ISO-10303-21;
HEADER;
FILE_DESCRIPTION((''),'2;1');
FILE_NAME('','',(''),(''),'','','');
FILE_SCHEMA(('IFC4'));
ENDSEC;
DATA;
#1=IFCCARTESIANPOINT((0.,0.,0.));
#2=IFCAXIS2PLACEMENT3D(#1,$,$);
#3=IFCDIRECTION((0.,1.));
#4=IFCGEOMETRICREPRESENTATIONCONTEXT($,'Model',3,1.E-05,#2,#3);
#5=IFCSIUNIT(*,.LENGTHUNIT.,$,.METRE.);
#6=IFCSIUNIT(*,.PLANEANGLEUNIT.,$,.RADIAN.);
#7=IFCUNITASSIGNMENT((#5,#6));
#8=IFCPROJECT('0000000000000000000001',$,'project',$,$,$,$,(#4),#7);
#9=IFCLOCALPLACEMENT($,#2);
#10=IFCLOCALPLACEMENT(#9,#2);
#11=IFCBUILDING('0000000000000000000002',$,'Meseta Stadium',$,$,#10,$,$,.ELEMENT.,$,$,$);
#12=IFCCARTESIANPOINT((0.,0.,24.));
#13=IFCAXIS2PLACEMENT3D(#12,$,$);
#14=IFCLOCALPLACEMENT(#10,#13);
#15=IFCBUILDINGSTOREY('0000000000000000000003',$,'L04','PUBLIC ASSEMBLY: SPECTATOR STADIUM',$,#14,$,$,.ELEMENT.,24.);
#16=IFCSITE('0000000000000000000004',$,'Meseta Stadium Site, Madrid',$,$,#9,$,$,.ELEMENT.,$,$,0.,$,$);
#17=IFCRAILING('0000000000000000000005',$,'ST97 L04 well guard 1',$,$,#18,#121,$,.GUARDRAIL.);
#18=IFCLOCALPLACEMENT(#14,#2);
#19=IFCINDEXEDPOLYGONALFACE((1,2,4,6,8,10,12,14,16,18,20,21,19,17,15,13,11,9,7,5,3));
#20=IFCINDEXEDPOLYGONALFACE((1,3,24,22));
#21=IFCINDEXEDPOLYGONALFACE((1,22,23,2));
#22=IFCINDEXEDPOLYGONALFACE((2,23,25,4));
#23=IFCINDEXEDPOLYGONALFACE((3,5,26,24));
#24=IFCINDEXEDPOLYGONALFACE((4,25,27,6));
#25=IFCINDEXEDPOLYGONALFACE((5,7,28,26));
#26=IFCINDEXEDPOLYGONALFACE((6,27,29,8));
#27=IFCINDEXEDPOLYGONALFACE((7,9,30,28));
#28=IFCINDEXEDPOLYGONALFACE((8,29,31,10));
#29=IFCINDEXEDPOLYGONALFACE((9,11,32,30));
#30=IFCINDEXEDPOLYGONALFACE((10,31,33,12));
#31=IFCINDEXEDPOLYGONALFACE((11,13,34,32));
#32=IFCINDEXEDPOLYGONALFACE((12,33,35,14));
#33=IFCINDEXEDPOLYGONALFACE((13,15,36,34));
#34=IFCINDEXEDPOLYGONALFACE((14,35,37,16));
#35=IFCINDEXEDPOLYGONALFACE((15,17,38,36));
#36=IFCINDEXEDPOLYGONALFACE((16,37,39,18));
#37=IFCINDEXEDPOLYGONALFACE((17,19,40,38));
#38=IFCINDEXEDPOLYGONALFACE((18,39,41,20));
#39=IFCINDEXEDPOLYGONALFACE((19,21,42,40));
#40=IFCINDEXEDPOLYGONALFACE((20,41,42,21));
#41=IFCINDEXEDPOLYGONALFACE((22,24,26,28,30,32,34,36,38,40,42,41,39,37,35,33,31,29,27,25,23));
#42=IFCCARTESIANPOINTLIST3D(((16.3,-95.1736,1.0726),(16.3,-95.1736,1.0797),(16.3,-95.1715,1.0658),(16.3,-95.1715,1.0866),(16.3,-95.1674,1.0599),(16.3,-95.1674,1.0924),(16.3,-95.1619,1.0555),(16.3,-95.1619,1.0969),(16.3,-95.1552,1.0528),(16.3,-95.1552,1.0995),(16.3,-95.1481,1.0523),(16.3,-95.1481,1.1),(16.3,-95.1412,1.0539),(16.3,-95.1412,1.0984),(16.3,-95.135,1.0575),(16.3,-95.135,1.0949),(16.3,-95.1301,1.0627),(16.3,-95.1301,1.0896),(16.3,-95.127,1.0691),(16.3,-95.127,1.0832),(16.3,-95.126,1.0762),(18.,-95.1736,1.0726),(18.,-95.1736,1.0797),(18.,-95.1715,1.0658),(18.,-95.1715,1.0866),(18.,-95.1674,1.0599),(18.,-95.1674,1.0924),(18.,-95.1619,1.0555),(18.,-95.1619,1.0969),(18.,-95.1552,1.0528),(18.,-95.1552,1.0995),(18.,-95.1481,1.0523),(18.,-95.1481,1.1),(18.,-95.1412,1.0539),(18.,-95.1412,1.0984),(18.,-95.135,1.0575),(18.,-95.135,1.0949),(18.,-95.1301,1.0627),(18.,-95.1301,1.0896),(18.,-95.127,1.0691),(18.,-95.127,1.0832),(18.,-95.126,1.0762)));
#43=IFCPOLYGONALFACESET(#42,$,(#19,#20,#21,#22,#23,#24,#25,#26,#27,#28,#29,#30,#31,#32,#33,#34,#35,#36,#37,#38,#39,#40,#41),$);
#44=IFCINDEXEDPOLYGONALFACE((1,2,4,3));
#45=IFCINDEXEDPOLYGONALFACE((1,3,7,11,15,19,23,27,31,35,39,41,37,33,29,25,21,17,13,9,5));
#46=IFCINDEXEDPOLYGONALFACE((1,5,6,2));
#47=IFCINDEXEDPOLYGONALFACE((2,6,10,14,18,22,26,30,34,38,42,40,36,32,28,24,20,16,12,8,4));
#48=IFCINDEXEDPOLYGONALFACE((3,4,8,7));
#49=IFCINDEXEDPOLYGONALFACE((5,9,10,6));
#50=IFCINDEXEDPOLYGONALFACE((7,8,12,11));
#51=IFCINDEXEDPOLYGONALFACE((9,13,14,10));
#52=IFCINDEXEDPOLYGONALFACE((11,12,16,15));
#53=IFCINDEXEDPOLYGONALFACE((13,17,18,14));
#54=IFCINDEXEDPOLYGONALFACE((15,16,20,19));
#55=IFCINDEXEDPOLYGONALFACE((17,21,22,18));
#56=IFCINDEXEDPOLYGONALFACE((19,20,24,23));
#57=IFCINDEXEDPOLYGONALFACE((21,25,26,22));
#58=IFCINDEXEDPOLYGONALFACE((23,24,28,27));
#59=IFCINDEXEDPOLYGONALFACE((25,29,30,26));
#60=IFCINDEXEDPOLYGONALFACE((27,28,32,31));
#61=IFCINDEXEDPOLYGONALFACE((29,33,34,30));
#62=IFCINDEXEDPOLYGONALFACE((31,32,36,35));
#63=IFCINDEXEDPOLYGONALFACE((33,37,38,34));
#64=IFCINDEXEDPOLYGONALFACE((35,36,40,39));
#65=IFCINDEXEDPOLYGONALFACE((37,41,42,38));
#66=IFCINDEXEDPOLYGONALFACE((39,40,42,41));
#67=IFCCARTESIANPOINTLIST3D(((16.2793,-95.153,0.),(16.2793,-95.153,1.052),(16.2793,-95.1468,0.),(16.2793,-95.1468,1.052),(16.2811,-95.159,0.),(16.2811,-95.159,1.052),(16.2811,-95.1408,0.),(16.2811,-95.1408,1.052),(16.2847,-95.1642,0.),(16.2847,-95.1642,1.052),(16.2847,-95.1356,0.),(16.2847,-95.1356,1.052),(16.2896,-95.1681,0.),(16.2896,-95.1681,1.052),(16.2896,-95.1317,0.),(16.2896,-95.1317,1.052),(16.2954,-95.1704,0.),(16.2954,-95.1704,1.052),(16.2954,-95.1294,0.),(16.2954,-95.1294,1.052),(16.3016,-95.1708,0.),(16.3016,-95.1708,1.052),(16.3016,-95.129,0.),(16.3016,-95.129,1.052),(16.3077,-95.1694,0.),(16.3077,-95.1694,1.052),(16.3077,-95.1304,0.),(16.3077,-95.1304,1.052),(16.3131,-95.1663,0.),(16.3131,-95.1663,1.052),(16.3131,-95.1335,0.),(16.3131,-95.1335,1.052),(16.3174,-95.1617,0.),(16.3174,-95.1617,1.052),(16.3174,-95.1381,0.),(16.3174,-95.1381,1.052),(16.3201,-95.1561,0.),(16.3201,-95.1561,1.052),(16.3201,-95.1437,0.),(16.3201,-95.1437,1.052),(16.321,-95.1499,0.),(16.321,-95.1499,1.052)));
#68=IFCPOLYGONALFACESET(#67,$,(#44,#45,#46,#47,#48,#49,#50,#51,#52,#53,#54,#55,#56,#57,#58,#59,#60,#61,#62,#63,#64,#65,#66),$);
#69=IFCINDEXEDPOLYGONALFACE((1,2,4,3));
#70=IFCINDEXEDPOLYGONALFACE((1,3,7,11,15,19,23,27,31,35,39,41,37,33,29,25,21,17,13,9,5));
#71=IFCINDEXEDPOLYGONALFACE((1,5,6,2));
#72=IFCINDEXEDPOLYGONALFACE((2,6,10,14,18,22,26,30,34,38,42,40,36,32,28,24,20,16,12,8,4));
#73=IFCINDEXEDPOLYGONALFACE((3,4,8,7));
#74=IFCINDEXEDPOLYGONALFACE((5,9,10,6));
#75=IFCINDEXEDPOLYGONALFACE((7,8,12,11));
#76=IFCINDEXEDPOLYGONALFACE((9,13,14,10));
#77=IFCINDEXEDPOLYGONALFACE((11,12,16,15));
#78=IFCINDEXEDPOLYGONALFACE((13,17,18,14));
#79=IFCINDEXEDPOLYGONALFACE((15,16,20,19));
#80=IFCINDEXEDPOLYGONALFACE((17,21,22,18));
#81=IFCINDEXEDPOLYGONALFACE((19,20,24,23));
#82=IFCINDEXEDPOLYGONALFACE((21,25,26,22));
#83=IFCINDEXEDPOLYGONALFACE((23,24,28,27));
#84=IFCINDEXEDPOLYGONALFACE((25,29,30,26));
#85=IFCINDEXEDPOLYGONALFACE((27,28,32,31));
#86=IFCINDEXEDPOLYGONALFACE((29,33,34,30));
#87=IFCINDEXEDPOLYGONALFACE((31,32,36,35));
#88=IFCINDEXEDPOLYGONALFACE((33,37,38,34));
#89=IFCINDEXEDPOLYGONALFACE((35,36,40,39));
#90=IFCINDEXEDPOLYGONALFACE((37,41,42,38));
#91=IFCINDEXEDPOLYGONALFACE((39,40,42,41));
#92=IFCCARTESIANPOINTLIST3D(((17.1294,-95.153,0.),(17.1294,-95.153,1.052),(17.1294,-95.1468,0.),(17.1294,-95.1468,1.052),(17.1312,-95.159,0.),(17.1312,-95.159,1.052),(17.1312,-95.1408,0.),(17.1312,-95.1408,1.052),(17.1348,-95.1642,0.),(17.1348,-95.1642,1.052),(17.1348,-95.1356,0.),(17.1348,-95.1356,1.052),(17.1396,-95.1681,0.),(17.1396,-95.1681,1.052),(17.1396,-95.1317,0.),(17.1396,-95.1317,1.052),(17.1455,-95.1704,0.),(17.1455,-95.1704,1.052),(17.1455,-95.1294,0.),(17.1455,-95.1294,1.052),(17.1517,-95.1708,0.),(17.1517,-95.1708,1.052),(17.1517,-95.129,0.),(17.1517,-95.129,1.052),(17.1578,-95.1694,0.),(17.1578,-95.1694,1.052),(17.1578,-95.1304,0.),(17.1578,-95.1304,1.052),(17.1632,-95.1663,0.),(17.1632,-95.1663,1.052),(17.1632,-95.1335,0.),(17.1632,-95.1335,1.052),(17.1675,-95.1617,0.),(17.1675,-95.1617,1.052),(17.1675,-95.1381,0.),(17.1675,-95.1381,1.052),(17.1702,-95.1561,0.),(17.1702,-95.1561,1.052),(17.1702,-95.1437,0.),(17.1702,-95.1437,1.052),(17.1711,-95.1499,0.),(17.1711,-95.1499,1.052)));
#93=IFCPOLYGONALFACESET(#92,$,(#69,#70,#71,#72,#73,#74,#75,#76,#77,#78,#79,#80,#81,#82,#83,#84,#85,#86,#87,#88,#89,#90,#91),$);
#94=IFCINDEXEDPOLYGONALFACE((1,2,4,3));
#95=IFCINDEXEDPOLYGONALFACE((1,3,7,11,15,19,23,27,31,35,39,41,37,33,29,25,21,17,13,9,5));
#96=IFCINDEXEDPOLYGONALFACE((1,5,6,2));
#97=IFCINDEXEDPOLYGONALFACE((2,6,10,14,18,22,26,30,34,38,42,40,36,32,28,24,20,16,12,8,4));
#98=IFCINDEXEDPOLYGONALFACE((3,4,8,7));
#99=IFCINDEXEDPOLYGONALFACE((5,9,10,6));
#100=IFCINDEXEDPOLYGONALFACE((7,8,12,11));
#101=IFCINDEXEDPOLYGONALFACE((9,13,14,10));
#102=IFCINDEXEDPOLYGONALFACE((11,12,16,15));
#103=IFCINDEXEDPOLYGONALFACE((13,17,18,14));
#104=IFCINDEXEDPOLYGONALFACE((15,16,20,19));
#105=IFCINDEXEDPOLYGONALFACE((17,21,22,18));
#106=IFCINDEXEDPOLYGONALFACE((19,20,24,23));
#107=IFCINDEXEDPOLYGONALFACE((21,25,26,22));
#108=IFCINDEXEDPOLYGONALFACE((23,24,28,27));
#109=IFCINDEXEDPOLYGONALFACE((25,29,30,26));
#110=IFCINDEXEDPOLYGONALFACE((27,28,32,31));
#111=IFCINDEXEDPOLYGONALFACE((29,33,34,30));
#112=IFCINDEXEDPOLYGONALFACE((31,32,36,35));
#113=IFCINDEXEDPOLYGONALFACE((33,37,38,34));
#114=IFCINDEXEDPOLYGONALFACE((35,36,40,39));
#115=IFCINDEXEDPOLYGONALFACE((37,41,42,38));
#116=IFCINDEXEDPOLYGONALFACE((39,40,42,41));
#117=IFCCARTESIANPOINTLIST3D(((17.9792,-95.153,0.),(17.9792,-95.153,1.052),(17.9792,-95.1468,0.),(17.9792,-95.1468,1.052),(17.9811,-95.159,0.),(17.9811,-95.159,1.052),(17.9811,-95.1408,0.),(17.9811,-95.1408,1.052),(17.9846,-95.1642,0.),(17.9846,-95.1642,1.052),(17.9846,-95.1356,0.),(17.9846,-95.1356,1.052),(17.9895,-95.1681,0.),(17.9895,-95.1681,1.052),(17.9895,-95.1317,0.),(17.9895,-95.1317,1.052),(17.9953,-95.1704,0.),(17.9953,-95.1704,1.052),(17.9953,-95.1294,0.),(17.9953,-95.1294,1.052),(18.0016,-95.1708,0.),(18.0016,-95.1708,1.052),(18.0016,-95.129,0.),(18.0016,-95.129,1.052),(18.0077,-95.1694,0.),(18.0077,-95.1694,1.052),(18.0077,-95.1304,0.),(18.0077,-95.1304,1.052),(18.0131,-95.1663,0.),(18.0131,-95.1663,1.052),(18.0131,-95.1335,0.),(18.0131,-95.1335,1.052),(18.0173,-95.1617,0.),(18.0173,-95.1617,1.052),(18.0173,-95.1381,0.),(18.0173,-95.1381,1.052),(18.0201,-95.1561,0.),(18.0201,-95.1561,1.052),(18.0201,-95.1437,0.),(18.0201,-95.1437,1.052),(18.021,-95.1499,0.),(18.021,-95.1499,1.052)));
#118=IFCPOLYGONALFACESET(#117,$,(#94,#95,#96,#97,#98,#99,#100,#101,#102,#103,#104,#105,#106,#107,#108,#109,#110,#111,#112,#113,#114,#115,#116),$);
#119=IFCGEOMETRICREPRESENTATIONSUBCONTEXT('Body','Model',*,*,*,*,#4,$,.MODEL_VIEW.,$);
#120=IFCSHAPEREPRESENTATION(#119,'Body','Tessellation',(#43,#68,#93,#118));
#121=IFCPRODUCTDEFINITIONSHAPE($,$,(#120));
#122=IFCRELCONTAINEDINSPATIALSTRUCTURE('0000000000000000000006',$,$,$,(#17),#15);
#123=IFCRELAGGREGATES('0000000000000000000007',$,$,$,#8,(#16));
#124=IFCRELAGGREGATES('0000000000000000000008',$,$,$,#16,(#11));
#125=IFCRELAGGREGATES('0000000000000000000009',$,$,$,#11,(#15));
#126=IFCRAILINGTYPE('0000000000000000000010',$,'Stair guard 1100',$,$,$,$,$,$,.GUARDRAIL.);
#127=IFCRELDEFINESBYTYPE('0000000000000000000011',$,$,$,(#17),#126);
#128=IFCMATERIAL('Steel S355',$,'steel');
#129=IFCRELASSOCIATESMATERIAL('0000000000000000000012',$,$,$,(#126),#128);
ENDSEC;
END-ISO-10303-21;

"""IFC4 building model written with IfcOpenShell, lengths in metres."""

from ifc_helpers import new_model, si_unit, direction, frame, origin, origin_2d, place, context, subcontext, project, spatial, circle, extrude, material, type_object, element, save


model = new_model("IFC4")

# Units and contexts
model_context = context("Model", 3, precision=1e-05, world=origin(), true_north=direction((0.0, 1.0)))
body_context = subcontext(model_context, "Body", "Model", "MODEL_VIEW")
ifc_project = project(units=[si_unit("LENGTHUNIT", "METRE"), si_unit("PLANEANGLEUNIT", "RADIAN")], contexts=[model_context])

# Site, building, storey
site_placement = place(None, origin())
site = spatial("IfcSite", under=ifc_project, at=site_placement, Name="Meseta Stadium Site, Madrid", CompositionType="ELEMENT", RefElevation=0.0)
building_placement = place(site_placement, origin())
building = spatial("IfcBuilding", under=site, at=building_placement, Name="Meseta Stadium", CompositionType="ELEMENT")
storey_placement = place(building_placement, frame((0.0, 0.0, 24.0)))
storey = spatial("IfcBuildingStorey", under=building, at=storey_placement, Name="L04", Description="PUBLIC ASSEMBLY: SPECTATOR STADIUM", CompositionType="ELEMENT", Elevation=24.0)

# Railing
ifc_material_1 = material(Name="Steel S355", Category="steel")
railing_type = type_object("IfcRailingType", Name="Stair guard 1100", PredefinedType="GUARDRAIL", material=ifc_material_1)
railing_placement = place(storey_placement, frame((16.3, -95.1499, 0.0)))
element("IfcRailing", 1, at=railing_placement, inside=storey, type_object=railing_type, Name="ST97 L04 well guard 1", PredefinedType="GUARDRAIL", context=body_context, shape_type="SweptSolid", body=[
    extrude(circle(Radius=0.0239, at=origin_2d()), frame((0.0, 0.0, 1.0762), z_axis=(1.0, 0.0, 0.0), x_axis=(0.0, 1.0, 0.0)), (0.0, 0.0, 1.0), 1.7),
    extrude(circle(Radius=0.021, at=origin_2d()), origin(), (0.0, 0.0, 1.0), 1.052),
    extrude(circle(Radius=0.021, at=origin_2d()), frame((0.8501, 0.0, 0.0)), (0.0, 0.0, 1.0), 1.052),
    extrude(circle(Radius=0.021, at=origin_2d()), frame((1.7, 0.0, 0.0)), (0.0, 0.0, 1.0), 1.052),
])

save(model, "model.ifc")
